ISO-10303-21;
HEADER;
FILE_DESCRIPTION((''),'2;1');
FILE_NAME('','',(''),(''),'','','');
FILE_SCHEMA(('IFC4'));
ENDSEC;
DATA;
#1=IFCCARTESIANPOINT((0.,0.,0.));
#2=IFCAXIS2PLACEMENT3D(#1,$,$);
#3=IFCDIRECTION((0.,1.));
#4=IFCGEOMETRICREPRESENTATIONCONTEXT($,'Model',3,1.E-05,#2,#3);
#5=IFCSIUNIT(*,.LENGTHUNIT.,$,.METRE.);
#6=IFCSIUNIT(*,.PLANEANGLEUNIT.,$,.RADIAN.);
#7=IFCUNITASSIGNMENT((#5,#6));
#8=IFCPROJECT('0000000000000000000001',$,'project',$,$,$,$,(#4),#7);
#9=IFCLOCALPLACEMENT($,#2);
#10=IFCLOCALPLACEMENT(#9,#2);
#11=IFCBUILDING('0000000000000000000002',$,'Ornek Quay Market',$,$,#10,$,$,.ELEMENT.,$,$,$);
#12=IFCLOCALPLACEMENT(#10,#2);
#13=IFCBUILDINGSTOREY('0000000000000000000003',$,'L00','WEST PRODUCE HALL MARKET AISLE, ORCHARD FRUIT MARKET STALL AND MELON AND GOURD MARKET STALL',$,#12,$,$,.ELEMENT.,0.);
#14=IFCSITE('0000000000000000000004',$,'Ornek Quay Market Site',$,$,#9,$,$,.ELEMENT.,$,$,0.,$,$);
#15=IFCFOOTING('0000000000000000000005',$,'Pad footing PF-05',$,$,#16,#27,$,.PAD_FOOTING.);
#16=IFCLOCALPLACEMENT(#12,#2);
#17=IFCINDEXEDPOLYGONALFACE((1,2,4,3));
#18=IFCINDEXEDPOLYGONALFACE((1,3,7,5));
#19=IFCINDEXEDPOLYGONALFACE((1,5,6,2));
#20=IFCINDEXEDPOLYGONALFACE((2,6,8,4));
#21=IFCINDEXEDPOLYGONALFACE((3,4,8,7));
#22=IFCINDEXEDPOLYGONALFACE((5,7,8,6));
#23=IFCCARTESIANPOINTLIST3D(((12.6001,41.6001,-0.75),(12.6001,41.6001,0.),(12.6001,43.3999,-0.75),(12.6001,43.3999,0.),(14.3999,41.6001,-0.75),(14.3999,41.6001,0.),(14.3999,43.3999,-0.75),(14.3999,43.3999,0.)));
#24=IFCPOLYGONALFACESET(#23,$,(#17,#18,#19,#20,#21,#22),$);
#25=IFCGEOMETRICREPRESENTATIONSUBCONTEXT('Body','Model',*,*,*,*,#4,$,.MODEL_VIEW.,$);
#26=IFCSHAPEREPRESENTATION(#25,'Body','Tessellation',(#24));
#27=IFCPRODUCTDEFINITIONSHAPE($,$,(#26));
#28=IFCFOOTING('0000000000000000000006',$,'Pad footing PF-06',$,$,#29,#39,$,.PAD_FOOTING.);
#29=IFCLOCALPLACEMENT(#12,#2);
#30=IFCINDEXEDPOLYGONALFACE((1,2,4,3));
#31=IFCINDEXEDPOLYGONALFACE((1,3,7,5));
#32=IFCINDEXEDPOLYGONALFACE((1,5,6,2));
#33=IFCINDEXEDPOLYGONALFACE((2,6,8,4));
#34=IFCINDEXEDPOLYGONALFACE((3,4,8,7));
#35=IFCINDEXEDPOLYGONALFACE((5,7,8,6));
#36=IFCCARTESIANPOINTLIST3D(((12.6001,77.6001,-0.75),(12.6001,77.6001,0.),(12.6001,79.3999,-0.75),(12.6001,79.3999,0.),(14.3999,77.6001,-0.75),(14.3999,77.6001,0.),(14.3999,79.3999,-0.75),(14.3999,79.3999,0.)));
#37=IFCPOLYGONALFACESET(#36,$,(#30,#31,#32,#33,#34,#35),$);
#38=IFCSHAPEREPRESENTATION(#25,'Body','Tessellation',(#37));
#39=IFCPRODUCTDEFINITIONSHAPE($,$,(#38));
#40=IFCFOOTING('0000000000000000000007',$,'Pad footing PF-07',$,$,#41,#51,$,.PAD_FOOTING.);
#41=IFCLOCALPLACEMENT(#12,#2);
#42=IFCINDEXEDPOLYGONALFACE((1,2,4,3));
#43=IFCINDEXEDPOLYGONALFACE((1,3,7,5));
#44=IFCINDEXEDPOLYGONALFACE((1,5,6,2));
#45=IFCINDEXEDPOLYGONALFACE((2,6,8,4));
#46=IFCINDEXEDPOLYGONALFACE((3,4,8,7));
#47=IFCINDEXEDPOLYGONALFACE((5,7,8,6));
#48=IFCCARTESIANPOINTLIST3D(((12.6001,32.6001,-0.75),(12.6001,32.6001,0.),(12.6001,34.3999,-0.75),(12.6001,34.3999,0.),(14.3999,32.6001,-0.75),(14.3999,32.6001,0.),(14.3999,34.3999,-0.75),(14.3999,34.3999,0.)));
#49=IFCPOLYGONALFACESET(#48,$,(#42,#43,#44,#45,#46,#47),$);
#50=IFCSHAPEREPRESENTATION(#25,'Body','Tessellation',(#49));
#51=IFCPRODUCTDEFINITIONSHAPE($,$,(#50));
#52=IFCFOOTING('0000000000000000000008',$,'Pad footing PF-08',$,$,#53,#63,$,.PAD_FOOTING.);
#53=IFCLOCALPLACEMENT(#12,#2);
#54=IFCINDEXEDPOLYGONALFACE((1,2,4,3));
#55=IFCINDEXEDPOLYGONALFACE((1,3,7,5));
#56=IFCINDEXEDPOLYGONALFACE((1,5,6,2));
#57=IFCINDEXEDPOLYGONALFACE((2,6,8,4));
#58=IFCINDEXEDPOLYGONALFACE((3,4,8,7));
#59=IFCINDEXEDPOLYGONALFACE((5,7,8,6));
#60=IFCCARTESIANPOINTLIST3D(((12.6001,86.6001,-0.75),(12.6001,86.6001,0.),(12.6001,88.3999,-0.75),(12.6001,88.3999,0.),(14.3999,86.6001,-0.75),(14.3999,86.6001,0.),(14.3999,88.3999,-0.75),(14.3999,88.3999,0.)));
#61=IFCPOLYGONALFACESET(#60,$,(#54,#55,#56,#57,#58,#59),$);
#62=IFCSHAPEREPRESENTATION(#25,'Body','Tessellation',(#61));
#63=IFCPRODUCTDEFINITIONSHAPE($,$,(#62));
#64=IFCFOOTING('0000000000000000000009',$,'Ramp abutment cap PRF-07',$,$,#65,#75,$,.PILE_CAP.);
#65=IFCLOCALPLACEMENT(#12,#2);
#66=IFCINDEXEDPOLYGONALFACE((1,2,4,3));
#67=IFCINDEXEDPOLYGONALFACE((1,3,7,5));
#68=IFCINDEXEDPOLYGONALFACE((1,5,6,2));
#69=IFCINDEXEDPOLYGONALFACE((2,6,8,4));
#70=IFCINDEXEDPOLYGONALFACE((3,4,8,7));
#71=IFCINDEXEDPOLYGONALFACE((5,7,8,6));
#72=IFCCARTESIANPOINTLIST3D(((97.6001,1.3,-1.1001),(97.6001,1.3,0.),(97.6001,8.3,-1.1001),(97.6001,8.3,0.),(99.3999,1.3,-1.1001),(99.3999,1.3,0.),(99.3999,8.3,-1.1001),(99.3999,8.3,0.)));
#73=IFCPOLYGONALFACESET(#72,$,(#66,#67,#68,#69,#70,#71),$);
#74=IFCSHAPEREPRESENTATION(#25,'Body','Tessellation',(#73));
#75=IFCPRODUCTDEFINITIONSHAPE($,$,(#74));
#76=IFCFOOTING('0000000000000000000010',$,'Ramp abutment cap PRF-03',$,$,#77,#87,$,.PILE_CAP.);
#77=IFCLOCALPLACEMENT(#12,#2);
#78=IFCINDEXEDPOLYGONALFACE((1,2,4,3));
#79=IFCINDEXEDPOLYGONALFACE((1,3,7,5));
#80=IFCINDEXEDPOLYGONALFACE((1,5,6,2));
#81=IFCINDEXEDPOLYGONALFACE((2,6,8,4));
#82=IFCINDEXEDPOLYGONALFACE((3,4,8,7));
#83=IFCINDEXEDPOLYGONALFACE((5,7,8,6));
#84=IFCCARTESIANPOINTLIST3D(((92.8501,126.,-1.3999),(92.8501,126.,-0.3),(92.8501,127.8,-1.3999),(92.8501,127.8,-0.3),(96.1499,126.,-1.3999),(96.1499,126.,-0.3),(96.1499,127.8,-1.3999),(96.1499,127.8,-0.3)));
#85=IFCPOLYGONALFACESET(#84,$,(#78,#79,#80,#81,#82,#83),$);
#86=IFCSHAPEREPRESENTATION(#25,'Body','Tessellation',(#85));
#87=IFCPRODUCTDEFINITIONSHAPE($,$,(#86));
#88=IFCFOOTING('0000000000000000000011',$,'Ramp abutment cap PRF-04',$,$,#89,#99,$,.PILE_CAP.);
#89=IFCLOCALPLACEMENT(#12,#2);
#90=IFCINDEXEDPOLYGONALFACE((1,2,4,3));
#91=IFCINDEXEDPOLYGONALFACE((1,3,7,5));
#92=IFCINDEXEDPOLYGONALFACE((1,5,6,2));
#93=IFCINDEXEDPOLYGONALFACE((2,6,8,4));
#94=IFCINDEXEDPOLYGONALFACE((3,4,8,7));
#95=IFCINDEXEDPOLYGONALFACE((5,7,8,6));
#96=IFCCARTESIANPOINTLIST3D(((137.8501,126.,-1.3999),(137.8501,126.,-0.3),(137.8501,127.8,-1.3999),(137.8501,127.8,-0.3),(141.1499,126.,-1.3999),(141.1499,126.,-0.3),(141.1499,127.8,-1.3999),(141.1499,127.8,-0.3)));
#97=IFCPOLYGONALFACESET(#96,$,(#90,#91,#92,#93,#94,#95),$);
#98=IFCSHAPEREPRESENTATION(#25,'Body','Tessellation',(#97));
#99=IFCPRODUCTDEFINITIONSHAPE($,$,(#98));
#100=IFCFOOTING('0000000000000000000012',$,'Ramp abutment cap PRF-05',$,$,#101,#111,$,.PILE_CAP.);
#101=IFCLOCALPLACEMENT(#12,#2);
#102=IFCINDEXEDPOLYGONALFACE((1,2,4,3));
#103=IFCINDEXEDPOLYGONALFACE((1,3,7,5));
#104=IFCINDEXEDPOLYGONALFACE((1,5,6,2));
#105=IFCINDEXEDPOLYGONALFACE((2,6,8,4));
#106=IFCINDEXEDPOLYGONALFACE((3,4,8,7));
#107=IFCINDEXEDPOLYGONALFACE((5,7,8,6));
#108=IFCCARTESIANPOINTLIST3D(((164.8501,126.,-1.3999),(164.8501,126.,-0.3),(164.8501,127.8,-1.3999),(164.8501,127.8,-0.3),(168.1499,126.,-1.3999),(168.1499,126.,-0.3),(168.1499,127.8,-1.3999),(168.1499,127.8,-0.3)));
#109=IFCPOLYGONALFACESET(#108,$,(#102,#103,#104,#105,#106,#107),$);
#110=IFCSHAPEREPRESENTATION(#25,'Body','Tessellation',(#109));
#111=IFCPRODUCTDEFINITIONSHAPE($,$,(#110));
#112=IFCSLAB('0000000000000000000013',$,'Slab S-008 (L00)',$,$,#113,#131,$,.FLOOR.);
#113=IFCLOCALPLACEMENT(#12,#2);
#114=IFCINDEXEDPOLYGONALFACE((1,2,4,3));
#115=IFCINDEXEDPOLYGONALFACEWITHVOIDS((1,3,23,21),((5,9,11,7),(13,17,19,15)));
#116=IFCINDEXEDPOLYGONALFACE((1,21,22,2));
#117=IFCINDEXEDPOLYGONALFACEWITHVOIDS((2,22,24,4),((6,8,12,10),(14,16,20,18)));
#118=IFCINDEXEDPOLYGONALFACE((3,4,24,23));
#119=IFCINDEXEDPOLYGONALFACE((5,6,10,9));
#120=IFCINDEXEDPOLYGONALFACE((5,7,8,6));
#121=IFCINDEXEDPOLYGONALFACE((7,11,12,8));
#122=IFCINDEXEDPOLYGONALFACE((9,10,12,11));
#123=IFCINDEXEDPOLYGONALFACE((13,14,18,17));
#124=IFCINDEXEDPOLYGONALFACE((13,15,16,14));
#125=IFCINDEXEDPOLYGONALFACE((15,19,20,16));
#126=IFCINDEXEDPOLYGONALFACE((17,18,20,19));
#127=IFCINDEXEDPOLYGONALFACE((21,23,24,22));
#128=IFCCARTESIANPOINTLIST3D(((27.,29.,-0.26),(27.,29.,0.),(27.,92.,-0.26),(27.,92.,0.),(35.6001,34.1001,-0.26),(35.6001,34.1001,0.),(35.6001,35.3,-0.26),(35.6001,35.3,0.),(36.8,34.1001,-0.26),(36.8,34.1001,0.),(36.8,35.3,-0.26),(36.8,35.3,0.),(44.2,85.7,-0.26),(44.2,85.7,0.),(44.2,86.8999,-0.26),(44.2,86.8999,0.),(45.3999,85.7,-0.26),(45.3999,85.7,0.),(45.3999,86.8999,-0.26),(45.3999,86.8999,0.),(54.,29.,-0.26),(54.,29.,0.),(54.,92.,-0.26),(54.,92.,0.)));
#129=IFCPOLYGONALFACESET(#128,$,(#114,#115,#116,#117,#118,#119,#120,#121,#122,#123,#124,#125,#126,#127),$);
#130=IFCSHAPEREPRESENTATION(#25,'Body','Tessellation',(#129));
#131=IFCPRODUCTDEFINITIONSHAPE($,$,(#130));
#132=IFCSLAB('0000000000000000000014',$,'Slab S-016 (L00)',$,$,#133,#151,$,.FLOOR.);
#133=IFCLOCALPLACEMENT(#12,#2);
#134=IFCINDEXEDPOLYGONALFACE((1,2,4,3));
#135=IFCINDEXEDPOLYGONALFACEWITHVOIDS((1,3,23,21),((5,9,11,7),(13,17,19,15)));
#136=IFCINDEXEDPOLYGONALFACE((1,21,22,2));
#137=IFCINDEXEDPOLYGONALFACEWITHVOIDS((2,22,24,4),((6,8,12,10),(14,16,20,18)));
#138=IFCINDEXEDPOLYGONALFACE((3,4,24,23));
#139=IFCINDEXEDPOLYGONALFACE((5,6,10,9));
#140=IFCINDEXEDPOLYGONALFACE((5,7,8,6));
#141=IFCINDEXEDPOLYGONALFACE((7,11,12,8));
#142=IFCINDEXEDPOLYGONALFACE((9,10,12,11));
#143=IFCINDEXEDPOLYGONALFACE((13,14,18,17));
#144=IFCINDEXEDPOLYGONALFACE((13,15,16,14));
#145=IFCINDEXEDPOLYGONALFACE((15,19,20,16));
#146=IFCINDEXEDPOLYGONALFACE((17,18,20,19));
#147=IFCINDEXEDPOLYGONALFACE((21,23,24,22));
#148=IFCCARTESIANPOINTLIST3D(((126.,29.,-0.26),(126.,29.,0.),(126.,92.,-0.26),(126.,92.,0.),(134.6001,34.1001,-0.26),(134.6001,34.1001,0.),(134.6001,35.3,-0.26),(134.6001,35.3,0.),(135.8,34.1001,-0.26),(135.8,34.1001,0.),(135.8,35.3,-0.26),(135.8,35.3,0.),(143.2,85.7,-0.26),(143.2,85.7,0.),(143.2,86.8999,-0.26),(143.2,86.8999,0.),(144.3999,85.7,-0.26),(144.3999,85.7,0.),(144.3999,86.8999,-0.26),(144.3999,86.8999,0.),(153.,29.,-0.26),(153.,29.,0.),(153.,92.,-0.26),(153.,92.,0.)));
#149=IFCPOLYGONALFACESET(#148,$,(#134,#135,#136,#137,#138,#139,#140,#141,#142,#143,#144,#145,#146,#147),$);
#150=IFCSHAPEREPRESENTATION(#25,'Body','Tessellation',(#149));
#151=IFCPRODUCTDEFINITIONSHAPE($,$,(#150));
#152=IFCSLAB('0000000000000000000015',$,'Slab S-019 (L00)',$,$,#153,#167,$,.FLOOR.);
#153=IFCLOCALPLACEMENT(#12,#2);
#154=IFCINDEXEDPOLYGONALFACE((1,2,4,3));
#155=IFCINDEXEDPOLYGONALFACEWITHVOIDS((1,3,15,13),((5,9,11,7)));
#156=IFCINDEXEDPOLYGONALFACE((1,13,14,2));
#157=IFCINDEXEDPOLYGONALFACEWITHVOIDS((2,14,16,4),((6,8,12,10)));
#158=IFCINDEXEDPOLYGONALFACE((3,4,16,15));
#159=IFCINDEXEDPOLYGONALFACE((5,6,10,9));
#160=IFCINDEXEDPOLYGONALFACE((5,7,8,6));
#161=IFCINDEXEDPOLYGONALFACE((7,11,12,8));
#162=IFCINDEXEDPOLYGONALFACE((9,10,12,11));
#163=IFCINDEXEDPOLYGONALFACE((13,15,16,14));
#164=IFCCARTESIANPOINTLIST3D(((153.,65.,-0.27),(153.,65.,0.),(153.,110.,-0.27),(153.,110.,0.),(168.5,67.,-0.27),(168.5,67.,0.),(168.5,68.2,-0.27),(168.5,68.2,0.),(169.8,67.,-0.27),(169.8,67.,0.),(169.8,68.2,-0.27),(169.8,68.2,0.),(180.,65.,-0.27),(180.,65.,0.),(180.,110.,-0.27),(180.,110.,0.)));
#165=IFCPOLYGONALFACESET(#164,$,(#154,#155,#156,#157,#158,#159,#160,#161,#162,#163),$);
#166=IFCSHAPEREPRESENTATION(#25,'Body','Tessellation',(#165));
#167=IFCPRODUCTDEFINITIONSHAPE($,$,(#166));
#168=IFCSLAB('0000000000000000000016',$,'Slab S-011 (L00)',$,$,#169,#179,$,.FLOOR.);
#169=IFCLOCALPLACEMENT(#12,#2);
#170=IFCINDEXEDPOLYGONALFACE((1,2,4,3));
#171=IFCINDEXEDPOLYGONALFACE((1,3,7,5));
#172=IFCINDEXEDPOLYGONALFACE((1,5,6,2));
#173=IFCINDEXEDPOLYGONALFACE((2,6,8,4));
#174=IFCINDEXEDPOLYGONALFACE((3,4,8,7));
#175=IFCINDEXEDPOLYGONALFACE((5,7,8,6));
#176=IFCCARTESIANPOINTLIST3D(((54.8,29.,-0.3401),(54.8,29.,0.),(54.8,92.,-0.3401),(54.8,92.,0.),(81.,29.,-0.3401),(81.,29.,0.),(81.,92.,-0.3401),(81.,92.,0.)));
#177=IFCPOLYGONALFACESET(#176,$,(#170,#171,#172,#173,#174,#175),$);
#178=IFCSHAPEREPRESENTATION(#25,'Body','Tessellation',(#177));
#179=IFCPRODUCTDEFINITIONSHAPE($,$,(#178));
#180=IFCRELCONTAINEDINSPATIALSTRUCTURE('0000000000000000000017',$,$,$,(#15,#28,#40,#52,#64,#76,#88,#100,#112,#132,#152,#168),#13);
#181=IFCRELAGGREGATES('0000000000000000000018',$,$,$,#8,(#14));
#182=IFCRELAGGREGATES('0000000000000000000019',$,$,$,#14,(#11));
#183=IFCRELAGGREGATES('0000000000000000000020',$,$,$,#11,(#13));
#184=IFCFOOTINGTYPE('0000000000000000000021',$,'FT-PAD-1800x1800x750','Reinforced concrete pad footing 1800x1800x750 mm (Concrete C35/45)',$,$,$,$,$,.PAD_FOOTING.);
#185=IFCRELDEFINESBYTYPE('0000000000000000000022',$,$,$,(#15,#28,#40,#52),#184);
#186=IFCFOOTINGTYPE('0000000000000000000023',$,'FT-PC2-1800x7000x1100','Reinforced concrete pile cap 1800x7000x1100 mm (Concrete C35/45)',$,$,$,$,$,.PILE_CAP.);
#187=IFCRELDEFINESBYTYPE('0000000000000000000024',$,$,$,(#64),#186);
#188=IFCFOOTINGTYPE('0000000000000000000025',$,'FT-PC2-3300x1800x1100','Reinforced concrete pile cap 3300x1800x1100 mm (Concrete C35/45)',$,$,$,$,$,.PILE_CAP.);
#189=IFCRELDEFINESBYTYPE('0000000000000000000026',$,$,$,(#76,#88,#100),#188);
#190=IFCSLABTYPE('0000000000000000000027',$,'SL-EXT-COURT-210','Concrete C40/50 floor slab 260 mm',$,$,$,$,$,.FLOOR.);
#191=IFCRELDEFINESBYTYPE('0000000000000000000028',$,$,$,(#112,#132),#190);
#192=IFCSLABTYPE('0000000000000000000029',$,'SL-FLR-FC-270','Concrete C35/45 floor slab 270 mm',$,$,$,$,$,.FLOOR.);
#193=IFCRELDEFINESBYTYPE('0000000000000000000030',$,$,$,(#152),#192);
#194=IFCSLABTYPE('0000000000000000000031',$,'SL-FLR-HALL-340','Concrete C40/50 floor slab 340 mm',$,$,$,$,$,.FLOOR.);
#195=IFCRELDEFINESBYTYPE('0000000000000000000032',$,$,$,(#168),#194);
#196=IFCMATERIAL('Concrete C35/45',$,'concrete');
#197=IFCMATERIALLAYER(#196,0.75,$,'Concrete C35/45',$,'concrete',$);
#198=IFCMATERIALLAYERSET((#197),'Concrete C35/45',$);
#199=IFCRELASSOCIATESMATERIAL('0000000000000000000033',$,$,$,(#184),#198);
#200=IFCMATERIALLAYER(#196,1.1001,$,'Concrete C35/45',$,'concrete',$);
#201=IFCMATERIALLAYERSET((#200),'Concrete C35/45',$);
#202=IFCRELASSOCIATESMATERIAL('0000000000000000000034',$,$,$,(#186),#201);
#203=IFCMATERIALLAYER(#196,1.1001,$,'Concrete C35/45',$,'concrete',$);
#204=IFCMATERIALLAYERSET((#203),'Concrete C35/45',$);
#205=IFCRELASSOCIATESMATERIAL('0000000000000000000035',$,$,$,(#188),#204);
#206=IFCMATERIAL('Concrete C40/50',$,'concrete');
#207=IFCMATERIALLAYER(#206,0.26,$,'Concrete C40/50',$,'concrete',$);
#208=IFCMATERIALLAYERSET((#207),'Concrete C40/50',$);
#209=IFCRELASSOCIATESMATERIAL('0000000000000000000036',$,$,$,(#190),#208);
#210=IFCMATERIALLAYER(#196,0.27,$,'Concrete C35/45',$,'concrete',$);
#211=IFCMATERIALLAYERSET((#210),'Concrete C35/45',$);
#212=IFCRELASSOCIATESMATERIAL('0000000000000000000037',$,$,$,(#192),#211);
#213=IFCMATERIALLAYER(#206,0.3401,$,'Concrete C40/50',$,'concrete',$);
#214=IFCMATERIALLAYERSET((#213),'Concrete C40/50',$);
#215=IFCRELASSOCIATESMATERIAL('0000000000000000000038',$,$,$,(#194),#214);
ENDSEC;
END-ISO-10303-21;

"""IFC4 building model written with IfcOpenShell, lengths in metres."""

from ifc_helpers import new_model, si_unit, direction, frame, origin, place, context, subcontext, project, spatial, polyline, outline, extrude, material, layer, layer_set, type_object, element, save


model = new_model("IFC4")

# Units and contexts
model_context = context("Model", 3, precision=1e-05, world=origin(), true_north=direction((0.0, 1.0)))
body_context = subcontext(model_context, "Body", "Model", "MODEL_VIEW")
ifc_project = project(units=[si_unit("LENGTHUNIT", "METRE"), si_unit("PLANEANGLEUNIT", "RADIAN")], contexts=[model_context])

# Site, building, storey
site_placement = place(None, origin())
site = spatial("IfcSite", under=ifc_project, at=site_placement, Name="Ornek Quay Market Site", CompositionType="ELEMENT", RefElevation=0.0)
building_placement = place(site_placement, origin())
building = spatial("IfcBuilding", under=site, at=building_placement, Name="Ornek Quay Market", CompositionType="ELEMENT")
storey_placement = place(building_placement, origin())
storey = spatial("IfcBuildingStorey", under=building, at=storey_placement, Name="L00", Description="WEST PRODUCE HALL MARKET AISLE, ORCHARD FRUIT MARKET STALL AND MELON AND GOURD MARKET STALL", CompositionType="ELEMENT", Elevation=0.0)

# Footings
ifc_material_1 = material(Name="Concrete C35/45", Category="concrete")
ifc_layer_1 = layer(ifc_material_1, 0.75, Name="Concrete C35/45", Category="concrete")
ifc_layer_set_1 = layer_set([ifc_layer_1], Name="Concrete C35/45")
footing_type_1 = type_object("IfcFootingType", Name="FT-PAD-1800x1800x750", Description="Reinforced concrete pad footing 1800x1800x750 mm (Concrete C35/45)", PredefinedType="PAD_FOOTING", material=ifc_layer_set_1)
footing_1_placement = place(storey_placement, frame((0.0, 0.0, -0.75)))
element("IfcFooting", 1, at=footing_1_placement, inside=storey, type_object=footing_type_1, Name="Pad footing PF-05", PredefinedType="PAD_FOOTING", context=body_context, shape_type="SweptSolid", body=[
    extrude(outline(polyline([(12.6001, 41.6001), (14.3999, 41.6001), (14.3999, 43.3999), (12.6001, 43.3999), (12.6001, 41.6001)])), origin(), (0.0, 0.0, 1.0), 0.75),
])
footing_2_placement = place(storey_placement, frame((0.0, 0.0, -0.75)))
element("IfcFooting", 2, at=footing_2_placement, inside=storey, type_object=footing_type_1, Name="Pad footing PF-06", PredefinedType="PAD_FOOTING", context=body_context, shape_type="SweptSolid", body=[
    extrude(outline(polyline([(12.6001, 77.6001), (14.3999, 77.6001), (14.3999, 79.3999), (12.6001, 79.3999), (12.6001, 77.6001)])), origin(), (0.0, 0.0, 1.0), 0.75),
])
footing_3_placement = place(storey_placement, frame((0.0, 0.0, -0.75)))
element("IfcFooting", 3, at=footing_3_placement, inside=storey, type_object=footing_type_1, Name="Pad footing PF-07", PredefinedType="PAD_FOOTING", context=body_context, shape_type="SweptSolid", body=[
    extrude(outline(polyline([(12.6001, 32.6001), (14.3999, 32.6001), (14.3999, 34.3999), (12.6001, 34.3999), (12.6001, 32.6001)])), origin(), (0.0, 0.0, 1.0), 0.75),
])
footing_4_placement = place(storey_placement, frame((0.0, 0.0, -0.75)))
element("IfcFooting", 4, at=footing_4_placement, inside=storey, type_object=footing_type_1, Name="Pad footing PF-08", PredefinedType="PAD_FOOTING", context=body_context, shape_type="SweptSolid", body=[
    extrude(outline(polyline([(12.6001, 86.6001), (14.3999, 86.6001), (14.3999, 88.3999), (12.6001, 88.3999), (12.6001, 86.6001)])), origin(), (0.0, 0.0, 1.0), 0.75),
])
ifc_layer_2 = layer(ifc_material_1, 1.1001, Name="Concrete C35/45", Category="concrete")
ifc_layer_set_2 = layer_set([ifc_layer_2], Name="Concrete C35/45")
footing_type_2 = type_object("IfcFootingType", Name="FT-PC2-1800x7000x1100", Description="Reinforced concrete pile cap 1800x7000x1100 mm (Concrete C35/45)", PredefinedType="PILE_CAP", material=ifc_layer_set_2)
footing_5_placement = place(storey_placement, frame((0.0, 0.0, -1.1001)))
element("IfcFooting", 5, at=footing_5_placement, inside=storey, type_object=footing_type_2, Name="Ramp abutment cap PRF-07", PredefinedType="PILE_CAP", context=body_context, shape_type="SweptSolid", body=[
    extrude(outline(polyline([(97.6001, 1.3), (99.3999, 1.3), (99.3999, 8.3), (97.6001, 8.3), (97.6001, 1.3)])), origin(), (0.0, 0.0, 1.0), 1.1001),
])
ifc_layer_3 = layer(ifc_material_1, 1.1001, Name="Concrete C35/45", Category="concrete")
ifc_layer_set_3 = layer_set([ifc_layer_3], Name="Concrete C35/45")
footing_type_3 = type_object("IfcFootingType", Name="FT-PC2-3300x1800x1100", Description="Reinforced concrete pile cap 3300x1800x1100 mm (Concrete C35/45)", PredefinedType="PILE_CAP", material=ifc_layer_set_3)
footing_6_placement = place(storey_placement, frame((0.0, 0.0, -1.3999)))
element("IfcFooting", 6, at=footing_6_placement, inside=storey, type_object=footing_type_3, Name="Ramp abutment cap PRF-03", PredefinedType="PILE_CAP", context=body_context, shape_type="SweptSolid", body=[
    extrude(outline(polyline([(92.8501, 126.0), (96.1499, 126.0), (96.1499, 127.8), (92.8501, 127.8), (92.8501, 126.0)])), origin(), (0.0, 0.0, 1.0), 1.0999),
])
footing_7_placement = place(storey_placement, frame((0.0, 0.0, -1.3999)))
element("IfcFooting", 7, at=footing_7_placement, inside=storey, type_object=footing_type_3, Name="Ramp abutment cap PRF-04", PredefinedType="PILE_CAP", context=body_context, shape_type="SweptSolid", body=[
    extrude(outline(polyline([(137.8501, 126.0), (141.1499, 126.0), (141.1499, 127.8), (137.8501, 127.8), (137.8501, 126.0)])), origin(), (0.0, 0.0, 1.0), 1.0999),
])
footing_8_placement = place(storey_placement, frame((0.0, 0.0, -1.3999)))
element("IfcFooting", 8, at=footing_8_placement, inside=storey, type_object=footing_type_3, Name="Ramp abutment cap PRF-05", PredefinedType="PILE_CAP", context=body_context, shape_type="SweptSolid", body=[
    extrude(outline(polyline([(164.8501, 126.0), (168.1499, 126.0), (168.1499, 127.8), (164.8501, 127.8), (164.8501, 126.0)])), origin(), (0.0, 0.0, 1.0), 1.0999),
])

# Slabs
ifc_material_2 = material(Name="Concrete C40/50", Category="concrete")
ifc_layer_4 = layer(ifc_material_2, 0.26, Name="Concrete C40/50", Category="concrete")
ifc_layer_set_4 = layer_set([ifc_layer_4], Name="Concrete C40/50")
slab_type_1 = type_object("IfcSlabType", Name="SL-EXT-COURT-210", Description="Concrete C40/50 floor slab 260 mm", PredefinedType="FLOOR", material=ifc_layer_set_4)
slab_1_placement = place(storey_placement, frame((0.0, 0.0, -0.26)))
element("IfcSlab", 9, at=slab_1_placement, inside=storey, type_object=slab_type_1, Name="Slab S-008 (L00)", PredefinedType="FLOOR", context=body_context, shape_type="SweptSolid", body=[
    extrude(outline(polyline([(27.0, 29.0), (54.0, 29.0), (54.0, 92.0), (27.0, 92.0), (27.0, 29.0)]), holes=[polyline([(36.8, 35.3), (36.8, 34.1001), (35.6001, 34.1001), (35.6001, 35.3), (36.8, 35.3)]), polyline([(45.3999, 86.8999), (45.3999, 85.7), (44.2, 85.7), (44.2, 86.8999), (45.3999, 86.8999)])]), origin(), (0.0, 0.0, 1.0), 0.26),
])
slab_2_placement = place(storey_placement, frame((0.0, 0.0, -0.26)))
element("IfcSlab", 10, at=slab_2_placement, inside=storey, type_object=slab_type_1, Name="Slab S-016 (L00)", PredefinedType="FLOOR", context=body_context, shape_type="SweptSolid", body=[
    extrude(outline(polyline([(126.0, 29.0), (153.0, 29.0), (153.0, 92.0), (126.0, 92.0), (126.0, 29.0)]), holes=[polyline([(135.8, 35.3), (135.8, 34.1001), (134.6001, 34.1001), (134.6001, 35.3), (135.8, 35.3)]), polyline([(144.3999, 86.8999), (144.3999, 85.7), (143.2, 85.7), (143.2, 86.8999), (144.3999, 86.8999)])]), origin(), (0.0, 0.0, 1.0), 0.26),
])
ifc_layer_5 = layer(ifc_material_1, 0.27, Name="Concrete C35/45", Category="concrete")
ifc_layer_set_5 = layer_set([ifc_layer_5], Name="Concrete C35/45")
slab_type_2 = type_object("IfcSlabType", Name="SL-FLR-FC-270", Description="Concrete C35/45 floor slab 270 mm", PredefinedType="FLOOR", material=ifc_layer_set_5)
slab_3_placement = place(storey_placement, frame((0.0, 0.0, -0.27)))
element("IfcSlab", 11, at=slab_3_placement, inside=storey, type_object=slab_type_2, Name="Slab S-019 (L00)", PredefinedType="FLOOR", context=body_context, shape_type="SweptSolid", body=[
    extrude(outline(polyline([(153.0, 65.0), (180.0, 65.0), (180.0, 110.0), (153.0, 110.0), (153.0, 65.0)]), holes=[polyline([(168.5, 68.2), (169.8, 68.2), (169.8, 67.0), (168.5, 67.0), (168.5, 68.2)])]), origin(), (0.0, 0.0, 1.0), 0.27),
])
ifc_layer_6 = layer(ifc_material_2, 0.3401, Name="Concrete C40/50", Category="concrete")
ifc_layer_set_6 = layer_set([ifc_layer_6], Name="Concrete C40/50")
slab_type_3 = type_object("IfcSlabType", Name="SL-FLR-HALL-340", Description="Concrete C40/50 floor slab 340 mm", PredefinedType="FLOOR", material=ifc_layer_set_6)
slab_4_placement = place(storey_placement, frame((0.0, 0.0, -0.3401)))
element("IfcSlab", 12, at=slab_4_placement, inside=storey, type_object=slab_type_3, Name="Slab S-011 (L00)", PredefinedType="FLOOR", context=body_context, shape_type="SweptSolid", body=[
    extrude(outline(polyline([(54.8, 29.0), (81.0, 29.0), (81.0, 92.0), (54.8, 92.0), (54.8, 29.0)])), origin(), (0.0, 0.0, 1.0), 0.3401),
])

save(model, "model.ifc")
